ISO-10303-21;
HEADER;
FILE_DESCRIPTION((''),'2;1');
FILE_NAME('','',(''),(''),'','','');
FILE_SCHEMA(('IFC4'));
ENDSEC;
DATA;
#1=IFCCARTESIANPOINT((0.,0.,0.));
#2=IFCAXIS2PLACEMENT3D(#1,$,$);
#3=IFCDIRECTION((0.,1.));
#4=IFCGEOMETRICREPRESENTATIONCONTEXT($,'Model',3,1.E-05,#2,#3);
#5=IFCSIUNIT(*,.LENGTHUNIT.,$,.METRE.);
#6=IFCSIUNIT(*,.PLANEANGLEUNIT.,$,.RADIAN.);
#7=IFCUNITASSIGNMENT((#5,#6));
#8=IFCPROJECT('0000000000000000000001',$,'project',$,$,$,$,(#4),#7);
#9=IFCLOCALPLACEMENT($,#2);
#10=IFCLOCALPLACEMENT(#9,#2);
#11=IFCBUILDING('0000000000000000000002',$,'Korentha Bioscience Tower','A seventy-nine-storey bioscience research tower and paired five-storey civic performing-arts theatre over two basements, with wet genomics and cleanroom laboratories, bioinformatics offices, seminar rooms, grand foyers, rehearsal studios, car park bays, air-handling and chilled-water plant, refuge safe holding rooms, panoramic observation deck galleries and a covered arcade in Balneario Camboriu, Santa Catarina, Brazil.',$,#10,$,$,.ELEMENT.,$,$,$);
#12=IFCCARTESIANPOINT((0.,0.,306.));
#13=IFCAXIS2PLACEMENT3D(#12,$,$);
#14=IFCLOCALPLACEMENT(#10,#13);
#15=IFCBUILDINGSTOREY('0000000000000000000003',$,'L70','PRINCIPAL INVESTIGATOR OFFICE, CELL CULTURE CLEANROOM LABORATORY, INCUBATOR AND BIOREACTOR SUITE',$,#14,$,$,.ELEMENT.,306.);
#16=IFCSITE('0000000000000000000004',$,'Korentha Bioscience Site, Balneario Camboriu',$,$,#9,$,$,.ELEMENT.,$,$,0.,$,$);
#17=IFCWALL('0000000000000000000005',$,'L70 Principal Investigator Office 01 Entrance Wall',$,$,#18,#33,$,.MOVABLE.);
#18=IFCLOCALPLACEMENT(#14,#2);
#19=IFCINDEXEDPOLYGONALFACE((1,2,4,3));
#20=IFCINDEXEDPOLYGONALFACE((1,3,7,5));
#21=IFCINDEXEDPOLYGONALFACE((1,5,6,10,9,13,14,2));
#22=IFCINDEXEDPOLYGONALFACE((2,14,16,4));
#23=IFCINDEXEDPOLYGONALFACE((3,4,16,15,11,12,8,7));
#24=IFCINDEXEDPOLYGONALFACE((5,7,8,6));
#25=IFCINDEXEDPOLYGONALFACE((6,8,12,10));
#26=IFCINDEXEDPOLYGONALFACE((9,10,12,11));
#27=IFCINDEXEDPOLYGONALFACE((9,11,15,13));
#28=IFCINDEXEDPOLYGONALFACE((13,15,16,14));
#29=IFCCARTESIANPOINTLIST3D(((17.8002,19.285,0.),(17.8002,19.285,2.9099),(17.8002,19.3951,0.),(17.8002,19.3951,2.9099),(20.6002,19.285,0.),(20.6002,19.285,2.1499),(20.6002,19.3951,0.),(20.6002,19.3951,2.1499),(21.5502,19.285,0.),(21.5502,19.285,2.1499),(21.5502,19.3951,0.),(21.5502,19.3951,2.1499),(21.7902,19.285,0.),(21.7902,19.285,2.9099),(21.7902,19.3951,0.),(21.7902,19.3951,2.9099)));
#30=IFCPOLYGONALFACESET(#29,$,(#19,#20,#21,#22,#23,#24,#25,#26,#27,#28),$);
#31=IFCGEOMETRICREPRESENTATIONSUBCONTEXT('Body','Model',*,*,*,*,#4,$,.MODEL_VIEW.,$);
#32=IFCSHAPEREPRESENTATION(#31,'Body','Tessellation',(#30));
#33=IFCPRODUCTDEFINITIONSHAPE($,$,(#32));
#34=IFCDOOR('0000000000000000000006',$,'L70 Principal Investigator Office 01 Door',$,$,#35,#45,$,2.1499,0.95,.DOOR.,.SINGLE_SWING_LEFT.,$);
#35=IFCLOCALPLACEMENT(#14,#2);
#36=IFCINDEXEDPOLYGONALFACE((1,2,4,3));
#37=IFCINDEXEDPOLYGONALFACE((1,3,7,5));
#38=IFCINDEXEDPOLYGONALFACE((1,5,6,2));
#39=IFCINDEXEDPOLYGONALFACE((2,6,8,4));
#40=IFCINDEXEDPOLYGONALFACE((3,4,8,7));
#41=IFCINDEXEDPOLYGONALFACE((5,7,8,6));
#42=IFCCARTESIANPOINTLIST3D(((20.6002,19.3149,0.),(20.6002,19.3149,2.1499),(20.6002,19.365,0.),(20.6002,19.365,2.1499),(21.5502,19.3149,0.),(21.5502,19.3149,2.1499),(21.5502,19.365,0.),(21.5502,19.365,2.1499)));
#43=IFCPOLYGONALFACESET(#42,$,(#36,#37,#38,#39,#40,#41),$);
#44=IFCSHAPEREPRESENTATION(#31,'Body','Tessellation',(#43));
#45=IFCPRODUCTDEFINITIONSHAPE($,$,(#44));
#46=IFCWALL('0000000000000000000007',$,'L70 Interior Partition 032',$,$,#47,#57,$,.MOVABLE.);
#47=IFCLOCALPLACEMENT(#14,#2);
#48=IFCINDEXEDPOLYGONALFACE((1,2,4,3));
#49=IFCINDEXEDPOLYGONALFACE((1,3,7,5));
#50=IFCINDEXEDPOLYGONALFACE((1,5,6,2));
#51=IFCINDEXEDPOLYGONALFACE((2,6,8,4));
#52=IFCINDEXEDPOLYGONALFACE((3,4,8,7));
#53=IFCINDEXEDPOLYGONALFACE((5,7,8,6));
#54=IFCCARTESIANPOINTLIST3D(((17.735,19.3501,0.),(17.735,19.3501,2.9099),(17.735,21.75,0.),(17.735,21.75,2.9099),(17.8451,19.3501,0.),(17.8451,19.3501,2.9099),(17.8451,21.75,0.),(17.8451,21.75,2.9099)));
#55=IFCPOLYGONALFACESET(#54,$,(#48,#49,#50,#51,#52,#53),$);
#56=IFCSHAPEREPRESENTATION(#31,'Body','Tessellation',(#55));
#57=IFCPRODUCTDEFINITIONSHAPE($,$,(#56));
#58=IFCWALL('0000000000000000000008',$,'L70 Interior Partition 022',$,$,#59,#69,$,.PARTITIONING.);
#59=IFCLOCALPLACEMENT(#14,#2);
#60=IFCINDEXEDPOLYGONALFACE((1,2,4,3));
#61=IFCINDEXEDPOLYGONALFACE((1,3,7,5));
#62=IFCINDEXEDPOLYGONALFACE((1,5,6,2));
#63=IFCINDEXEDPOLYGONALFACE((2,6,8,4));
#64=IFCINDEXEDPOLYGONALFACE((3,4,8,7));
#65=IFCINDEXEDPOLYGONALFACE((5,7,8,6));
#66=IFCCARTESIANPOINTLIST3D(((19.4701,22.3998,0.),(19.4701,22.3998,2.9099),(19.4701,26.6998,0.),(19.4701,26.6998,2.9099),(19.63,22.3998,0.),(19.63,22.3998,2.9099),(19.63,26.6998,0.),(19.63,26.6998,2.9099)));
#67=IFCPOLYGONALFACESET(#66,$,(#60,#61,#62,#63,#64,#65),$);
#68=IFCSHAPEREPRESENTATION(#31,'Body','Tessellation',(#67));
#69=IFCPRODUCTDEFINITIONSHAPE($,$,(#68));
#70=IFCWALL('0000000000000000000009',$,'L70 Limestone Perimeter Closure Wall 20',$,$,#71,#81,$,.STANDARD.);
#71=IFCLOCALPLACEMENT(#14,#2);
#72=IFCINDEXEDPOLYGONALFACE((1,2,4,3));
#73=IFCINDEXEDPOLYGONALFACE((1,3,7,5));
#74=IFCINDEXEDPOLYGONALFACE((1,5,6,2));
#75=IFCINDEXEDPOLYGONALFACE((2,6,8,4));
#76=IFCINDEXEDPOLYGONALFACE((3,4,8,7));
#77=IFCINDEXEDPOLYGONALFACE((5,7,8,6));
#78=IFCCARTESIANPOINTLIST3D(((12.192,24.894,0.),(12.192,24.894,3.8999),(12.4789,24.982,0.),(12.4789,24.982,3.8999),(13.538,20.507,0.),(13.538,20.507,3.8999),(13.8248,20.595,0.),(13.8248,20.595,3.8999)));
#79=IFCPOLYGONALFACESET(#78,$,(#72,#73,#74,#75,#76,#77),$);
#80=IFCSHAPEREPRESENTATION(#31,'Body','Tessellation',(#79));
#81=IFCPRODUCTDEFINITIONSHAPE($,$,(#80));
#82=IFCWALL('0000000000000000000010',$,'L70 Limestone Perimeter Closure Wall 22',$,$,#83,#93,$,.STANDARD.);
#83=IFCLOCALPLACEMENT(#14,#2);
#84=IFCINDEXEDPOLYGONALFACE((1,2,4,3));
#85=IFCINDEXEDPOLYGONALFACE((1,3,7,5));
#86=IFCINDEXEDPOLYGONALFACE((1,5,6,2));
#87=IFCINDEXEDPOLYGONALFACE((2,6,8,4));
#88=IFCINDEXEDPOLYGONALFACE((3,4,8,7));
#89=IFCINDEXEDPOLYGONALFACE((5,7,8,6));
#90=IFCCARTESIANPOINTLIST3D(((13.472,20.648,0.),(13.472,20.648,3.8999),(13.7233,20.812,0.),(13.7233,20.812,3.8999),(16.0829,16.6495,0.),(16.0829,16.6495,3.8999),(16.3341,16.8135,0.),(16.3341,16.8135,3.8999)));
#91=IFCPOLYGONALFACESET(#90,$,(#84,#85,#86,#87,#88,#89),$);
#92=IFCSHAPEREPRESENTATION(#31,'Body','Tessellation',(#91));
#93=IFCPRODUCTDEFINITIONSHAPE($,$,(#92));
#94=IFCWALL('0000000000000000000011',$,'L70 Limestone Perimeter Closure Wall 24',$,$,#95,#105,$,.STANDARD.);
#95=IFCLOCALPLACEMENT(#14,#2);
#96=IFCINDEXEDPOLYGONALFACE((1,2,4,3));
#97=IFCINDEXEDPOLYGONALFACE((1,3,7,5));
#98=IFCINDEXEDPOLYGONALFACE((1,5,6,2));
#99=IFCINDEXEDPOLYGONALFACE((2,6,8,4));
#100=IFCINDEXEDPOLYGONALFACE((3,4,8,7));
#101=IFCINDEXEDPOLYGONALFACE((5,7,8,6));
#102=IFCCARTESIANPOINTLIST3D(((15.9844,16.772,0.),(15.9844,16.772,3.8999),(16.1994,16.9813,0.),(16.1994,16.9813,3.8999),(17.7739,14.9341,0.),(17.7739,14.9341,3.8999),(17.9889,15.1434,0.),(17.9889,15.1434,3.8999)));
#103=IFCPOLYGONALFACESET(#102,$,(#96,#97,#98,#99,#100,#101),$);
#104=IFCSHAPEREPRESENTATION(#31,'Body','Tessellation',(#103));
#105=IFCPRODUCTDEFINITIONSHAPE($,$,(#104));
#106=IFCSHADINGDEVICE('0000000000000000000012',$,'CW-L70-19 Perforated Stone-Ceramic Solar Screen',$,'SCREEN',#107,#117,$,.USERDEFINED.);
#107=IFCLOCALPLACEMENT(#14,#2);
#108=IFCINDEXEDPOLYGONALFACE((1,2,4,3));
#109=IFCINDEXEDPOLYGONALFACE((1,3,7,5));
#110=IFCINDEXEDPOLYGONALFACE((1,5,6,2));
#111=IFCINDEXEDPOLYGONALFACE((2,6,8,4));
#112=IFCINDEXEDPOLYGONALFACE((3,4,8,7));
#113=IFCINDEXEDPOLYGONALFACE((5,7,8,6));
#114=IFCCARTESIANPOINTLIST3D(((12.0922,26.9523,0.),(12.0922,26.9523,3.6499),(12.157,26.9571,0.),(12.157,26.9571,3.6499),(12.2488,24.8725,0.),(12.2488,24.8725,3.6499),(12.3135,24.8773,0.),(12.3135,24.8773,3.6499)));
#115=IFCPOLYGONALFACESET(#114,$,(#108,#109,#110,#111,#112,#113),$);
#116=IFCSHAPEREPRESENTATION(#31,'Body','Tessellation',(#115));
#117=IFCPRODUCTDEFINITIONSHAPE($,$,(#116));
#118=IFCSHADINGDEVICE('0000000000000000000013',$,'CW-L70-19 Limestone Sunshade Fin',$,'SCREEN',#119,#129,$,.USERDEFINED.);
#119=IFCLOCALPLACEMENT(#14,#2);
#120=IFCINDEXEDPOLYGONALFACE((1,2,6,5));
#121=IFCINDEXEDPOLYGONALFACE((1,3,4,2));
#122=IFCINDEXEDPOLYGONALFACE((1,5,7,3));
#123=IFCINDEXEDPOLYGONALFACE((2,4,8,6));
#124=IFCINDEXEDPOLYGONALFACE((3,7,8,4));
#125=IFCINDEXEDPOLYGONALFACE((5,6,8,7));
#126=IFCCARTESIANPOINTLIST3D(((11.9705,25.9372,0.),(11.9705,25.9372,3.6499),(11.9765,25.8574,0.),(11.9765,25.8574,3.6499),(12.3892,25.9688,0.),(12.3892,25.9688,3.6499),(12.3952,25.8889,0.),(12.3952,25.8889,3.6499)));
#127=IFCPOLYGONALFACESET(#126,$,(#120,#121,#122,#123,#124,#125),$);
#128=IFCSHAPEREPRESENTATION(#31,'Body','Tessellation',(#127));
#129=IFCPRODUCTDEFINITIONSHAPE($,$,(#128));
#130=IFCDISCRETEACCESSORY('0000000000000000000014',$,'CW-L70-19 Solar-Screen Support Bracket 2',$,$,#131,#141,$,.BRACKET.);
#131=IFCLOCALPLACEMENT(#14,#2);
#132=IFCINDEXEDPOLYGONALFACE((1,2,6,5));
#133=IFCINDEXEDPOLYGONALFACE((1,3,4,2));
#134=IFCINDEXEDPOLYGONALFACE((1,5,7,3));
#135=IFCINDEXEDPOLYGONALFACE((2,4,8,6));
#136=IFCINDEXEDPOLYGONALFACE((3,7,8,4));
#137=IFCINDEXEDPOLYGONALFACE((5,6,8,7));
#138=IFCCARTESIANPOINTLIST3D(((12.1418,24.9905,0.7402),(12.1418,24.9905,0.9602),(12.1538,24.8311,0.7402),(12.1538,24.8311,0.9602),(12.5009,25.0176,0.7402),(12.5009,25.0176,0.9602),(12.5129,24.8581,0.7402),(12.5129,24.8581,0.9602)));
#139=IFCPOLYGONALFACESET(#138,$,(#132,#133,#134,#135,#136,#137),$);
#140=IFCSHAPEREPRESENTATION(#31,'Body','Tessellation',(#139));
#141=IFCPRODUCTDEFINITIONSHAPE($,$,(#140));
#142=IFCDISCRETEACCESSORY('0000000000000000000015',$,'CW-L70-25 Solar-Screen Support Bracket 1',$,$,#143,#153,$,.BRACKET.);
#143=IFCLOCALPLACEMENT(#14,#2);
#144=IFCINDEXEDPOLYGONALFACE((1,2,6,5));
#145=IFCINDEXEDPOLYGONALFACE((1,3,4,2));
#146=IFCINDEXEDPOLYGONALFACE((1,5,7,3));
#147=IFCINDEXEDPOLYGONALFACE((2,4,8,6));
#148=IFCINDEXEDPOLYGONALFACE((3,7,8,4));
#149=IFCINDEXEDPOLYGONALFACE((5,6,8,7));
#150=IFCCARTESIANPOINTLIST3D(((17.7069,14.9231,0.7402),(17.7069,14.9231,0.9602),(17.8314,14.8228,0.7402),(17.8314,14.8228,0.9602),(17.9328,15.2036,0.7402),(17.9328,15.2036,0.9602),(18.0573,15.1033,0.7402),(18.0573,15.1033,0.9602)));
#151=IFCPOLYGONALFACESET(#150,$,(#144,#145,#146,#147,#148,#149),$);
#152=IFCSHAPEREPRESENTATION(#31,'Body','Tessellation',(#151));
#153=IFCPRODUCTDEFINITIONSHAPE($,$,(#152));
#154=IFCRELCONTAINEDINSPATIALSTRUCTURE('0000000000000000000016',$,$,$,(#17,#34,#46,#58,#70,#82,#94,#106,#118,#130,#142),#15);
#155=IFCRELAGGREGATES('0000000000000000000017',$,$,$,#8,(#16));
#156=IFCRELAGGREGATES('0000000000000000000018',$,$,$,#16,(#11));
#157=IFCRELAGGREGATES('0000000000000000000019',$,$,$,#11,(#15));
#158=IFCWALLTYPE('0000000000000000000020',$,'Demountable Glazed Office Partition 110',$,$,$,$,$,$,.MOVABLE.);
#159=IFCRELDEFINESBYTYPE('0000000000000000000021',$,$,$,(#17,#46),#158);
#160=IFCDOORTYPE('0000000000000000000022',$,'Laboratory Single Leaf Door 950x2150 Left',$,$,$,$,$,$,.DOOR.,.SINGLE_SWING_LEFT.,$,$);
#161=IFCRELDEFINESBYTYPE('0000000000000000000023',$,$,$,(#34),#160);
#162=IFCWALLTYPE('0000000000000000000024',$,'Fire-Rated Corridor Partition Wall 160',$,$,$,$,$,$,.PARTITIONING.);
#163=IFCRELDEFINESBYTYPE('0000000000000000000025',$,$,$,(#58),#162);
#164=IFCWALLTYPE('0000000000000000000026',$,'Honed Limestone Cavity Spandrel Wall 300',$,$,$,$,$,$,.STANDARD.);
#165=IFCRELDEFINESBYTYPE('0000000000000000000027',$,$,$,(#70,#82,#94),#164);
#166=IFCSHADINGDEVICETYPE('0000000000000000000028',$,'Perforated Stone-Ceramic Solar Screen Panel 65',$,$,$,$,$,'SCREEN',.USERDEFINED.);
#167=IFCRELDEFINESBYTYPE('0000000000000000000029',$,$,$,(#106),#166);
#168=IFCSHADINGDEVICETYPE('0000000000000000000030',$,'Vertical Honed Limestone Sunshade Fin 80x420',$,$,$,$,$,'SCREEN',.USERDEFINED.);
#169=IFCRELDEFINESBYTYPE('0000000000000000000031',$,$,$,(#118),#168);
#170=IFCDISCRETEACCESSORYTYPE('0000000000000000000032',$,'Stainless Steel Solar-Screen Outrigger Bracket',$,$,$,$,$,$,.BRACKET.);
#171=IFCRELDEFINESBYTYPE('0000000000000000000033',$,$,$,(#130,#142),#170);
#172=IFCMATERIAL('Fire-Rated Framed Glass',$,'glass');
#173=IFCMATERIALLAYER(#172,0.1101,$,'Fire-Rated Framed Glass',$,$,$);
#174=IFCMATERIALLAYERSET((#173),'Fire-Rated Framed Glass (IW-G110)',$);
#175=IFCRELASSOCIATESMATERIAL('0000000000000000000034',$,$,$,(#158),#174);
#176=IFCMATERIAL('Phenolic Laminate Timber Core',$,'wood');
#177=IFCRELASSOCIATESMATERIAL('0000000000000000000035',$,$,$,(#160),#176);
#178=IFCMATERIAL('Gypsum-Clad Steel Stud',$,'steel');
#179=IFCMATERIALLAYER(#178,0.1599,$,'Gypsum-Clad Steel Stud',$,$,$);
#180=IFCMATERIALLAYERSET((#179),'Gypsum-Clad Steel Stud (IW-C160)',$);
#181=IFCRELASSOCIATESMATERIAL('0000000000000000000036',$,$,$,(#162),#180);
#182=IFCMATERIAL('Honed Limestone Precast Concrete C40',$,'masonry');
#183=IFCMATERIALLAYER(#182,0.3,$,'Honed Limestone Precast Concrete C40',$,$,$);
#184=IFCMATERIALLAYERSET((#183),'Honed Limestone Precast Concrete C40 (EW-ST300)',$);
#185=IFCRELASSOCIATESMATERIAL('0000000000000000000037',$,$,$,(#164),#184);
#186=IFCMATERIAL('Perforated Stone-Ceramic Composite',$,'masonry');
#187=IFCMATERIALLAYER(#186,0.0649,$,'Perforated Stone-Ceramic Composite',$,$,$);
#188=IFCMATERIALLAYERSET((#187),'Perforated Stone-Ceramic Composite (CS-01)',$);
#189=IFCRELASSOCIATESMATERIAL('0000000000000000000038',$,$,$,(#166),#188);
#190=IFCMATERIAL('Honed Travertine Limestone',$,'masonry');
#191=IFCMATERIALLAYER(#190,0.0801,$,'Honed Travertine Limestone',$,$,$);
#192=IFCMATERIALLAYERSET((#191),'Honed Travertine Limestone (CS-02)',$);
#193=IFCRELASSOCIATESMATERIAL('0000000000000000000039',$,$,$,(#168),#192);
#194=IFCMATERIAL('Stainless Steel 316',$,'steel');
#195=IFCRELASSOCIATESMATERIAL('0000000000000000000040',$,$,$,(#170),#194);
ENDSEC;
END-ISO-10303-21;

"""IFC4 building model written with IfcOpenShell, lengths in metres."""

from ifc_helpers import new_model, si_unit, direction, frame, frame_2d, origin, origin_2d, place, context, subcontext, project, spatial, rectangle, extrude, material, layer, layer_set, type_object, element, fill, save


model = new_model("IFC4")

# Units and contexts
model_context = context("Model", 3, precision=1e-05, world=origin(), true_north=direction((0.0, 1.0)))
body_context = subcontext(model_context, "Body", "Model", "MODEL_VIEW")
ifc_project = project(units=[si_unit("LENGTHUNIT", "METRE"), si_unit("PLANEANGLEUNIT", "RADIAN")], contexts=[model_context])

# Site, building, storey
site_placement = place(None, origin())
site = spatial("IfcSite", under=ifc_project, at=site_placement, Name="Korentha Bioscience Site, Balneario Camboriu", CompositionType="ELEMENT", RefElevation=0.0)
building_placement = place(site_placement, origin())
building = spatial("IfcBuilding", under=site, at=building_placement, Name="Korentha Bioscience Tower", Description="A seventy-nine-storey bioscience research tower and paired five-storey civic performing-arts theatre over two basements, with wet genomics and cleanroom laboratories, bioinformatics offices, seminar rooms, grand foyers, rehearsal studios, car park bays, air-handling and chilled-water plant, refuge safe holding rooms, panoramic observation deck galleries and a covered arcade in Balneario Camboriu, Santa Catarina, Brazil.", CompositionType="ELEMENT")
storey_placement = place(building_placement, frame((0.0, 0.0, 306.0)))
storey = spatial("IfcBuildingStorey", under=building, at=storey_placement, Name="L70", Description="PRINCIPAL INVESTIGATOR OFFICE, CELL CULTURE CLEANROOM LABORATORY, INCUBATOR AND BIOREACTOR SUITE", CompositionType="ELEMENT", Elevation=306.0)

# Wall, opening, door
ifc_material_1 = material(Name="Fire-Rated Framed Glass", Category="glass")
ifc_layer_1 = layer(ifc_material_1, 0.1101, Name="Fire-Rated Framed Glass")
ifc_layer_set_1 = layer_set([ifc_layer_1], Name="Fire-Rated Framed Glass (IW-G110)")
wall_type_1 = type_object("IfcWallType", Name="Demountable Glazed Office Partition 110", PredefinedType="MOVABLE", material=ifc_layer_set_1)
wall_1_placement = place(storey_placement, frame((17.8, 19.3401, 0.0), z_axis=(0.0, 0.0, 1.0), x_axis=(1.0, 0.0, 0.0)))
wall_1 = element("IfcWall", 1, at=wall_1_placement, inside=storey, type_object=wall_type_1, Name="L70 Principal Investigator Office 01 Entrance Wall", PredefinedType="MOVABLE", context=body_context, shape_type="SweptSolid", body=[
    extrude(rectangle(XDim=3.99, YDim=0.1101, at=frame_2d((1.9951, 0.0))), origin(), (0.0, 0.0, 1.0), 2.9099),
])
opening_placement = place(wall_1_placement, frame((2.8, 0.0, 0.0)))
opening = element("IfcOpeningElement", 2, at=opening_placement, cuts=wall_1, PredefinedType="OPENING", context=body_context, shape_type="SweptSolid", body=[
    extrude(rectangle(XDim=0.95, YDim=2.1499, at=frame_2d((0.4751, 1.075))), frame((0.0, 0.0698, 0.0), z_axis=(0.0, -1.0, 0.0), x_axis=(1.0, 0.0, 0.0)), (0.0, 0.0, 1.0), 0.1399),
])
ifc_material_2 = material(Name="Phenolic Laminate Timber Core", Category="wood")
door_type = type_object("IfcDoorType", Name="Laboratory Single Leaf Door 950x2150 Left", OperationType="SINGLE_SWING_LEFT", PredefinedType="DOOR", material=ifc_material_2)
door_placement = place(opening_placement, origin())
door = element("IfcDoor", 3, at=door_placement, inside=storey, type_object=door_type, Name="L70 Principal Investigator Office 01 Door", OperationType="SINGLE_SWING_LEFT", OverallHeight=2.1499, OverallWidth=0.95, PredefinedType="DOOR", context=body_context, shape_type="SweptSolid", body=[
    extrude(rectangle(XDim=0.95, YDim=2.1499, at=frame_2d((0.4751, 1.075))), frame((0.0, 0.0249, 0.0), z_axis=(0.0, -1.0, 0.0), x_axis=(1.0, 0.0, 0.0)), (0.0, 0.0, 1.0), 0.05),
])
fill(opening, door)

# Walls
wall_2_placement = place(storey_placement, frame((17.79, 21.75, 0.0), z_axis=(0.0, 0.0, 1.0), x_axis=(0.0, -1.0, 0.0)))
element("IfcWall", 4, at=wall_2_placement, inside=storey, type_object=wall_type_1, Name="L70 Interior Partition 032", PredefinedType="MOVABLE", context=body_context, shape_type="SweptSolid", body=[
    extrude(rectangle(XDim=2.3999, YDim=0.1101, at=frame_2d((1.2, 0.0))), origin(), (0.0, 0.0, 1.0), 2.9099),
])
ifc_material_3 = material(Name="Gypsum-Clad Steel Stud", Category="steel")
ifc_layer_2 = layer(ifc_material_3, 0.1599, Name="Gypsum-Clad Steel Stud")
ifc_layer_set_2 = layer_set([ifc_layer_2], Name="Gypsum-Clad Steel Stud (IW-C160)")
wall_type_2 = type_object("IfcWallType", Name="Fire-Rated Corridor Partition Wall 160", PredefinedType="PARTITIONING", material=ifc_layer_set_2)
wall_3_placement = place(storey_placement, frame((19.55, 22.3999, 0.0), z_axis=(0.0, 0.0, 1.0), x_axis=(0.0, 1.0, 0.0)))
element("IfcWall", 5, at=wall_3_placement, inside=storey, type_object=wall_type_2, Name="L70 Interior Partition 022", PredefinedType="PARTITIONING", context=body_context, shape_type="SweptSolid", body=[
    extrude(rectangle(XDim=4.3, YDim=0.1599, at=frame_2d((2.1499, 0.0))), origin(), (0.0, 0.0, 1.0), 2.9099),
])
ifc_material_4 = material(Name="Honed Limestone Precast Concrete C40", Category="masonry")
ifc_layer_3 = layer(ifc_material_4, 0.3, Name="Honed Limestone Precast Concrete C40")
ifc_layer_set_3 = layer_set([ifc_layer_3], Name="Honed Limestone Precast Concrete C40 (EW-ST300)")
wall_type_3 = type_object("IfcWallType", Name="Honed Limestone Cavity Spandrel Wall 300", PredefinedType="STANDARD", material=ifc_layer_set_3)
wall_4_placement = place(storey_placement, frame((12.3354, 24.938, 0.0), z_axis=(0.0, 0.0, 1.0), x_axis=(0.293312, -0.956017, 0.0)))
element("IfcWall", 6, at=wall_4_placement, inside=storey, type_object=wall_type_3, Name="L70 Limestone Perimeter Closure Wall 20", PredefinedType="STANDARD", context=body_context, shape_type="SweptSolid", body=[
    extrude(rectangle(XDim=4.5889, YDim=0.3, at=frame_2d((2.2944, 0.0))), origin(), (0.0, 0.0, 1.0), 3.8999),
])
wall_5_placement = place(storey_placement, frame((13.5977, 20.73, 0.0), z_axis=(0.0, 0.0, 1.0), x_axis=(0.546723, -0.837313, 0.0)))
element("IfcWall", 7, at=wall_5_placement, inside=storey, type_object=wall_type_3, Name="L70 Limestone Perimeter Closure Wall 22", PredefinedType="STANDARD", context=body_context, shape_type="SweptSolid", body=[
    extrude(rectangle(XDim=4.7754, YDim=0.3, at=frame_2d((2.3877, 0.0))), origin(), (0.0, 0.0, 1.0), 3.8999),
])
wall_6_placement = place(storey_placement, frame((16.0918, 16.8767, 0.0), z_axis=(0.0, 0.0, 1.0), x_axis=(0.697622, -0.716466, 0.0)))
element("IfcWall", 8, at=wall_6_placement, inside=storey, type_object=wall_type_3, Name="L70 Limestone Perimeter Closure Wall 24", PredefinedType="STANDARD", context=body_context, shape_type="SweptSolid", body=[
    extrude(rectangle(XDim=2.5652, YDim=0.3, at=frame_2d((1.2827, 0.0))), origin(), (0.0, 0.0, 1.0), 3.8999),
])

# Shading devices
ifc_material_5 = material(Name="Perforated Stone-Ceramic Composite", Category="masonry")
ifc_layer_4 = layer(ifc_material_5, 0.0649, Name="Perforated Stone-Ceramic Composite")
ifc_layer_set_4 = layer_set([ifc_layer_4], Name="Perforated Stone-Ceramic Composite (CS-01)")
shading_device_type_1 = type_object("IfcShadingDeviceType", Name="Perforated Stone-Ceramic Solar Screen Panel 65", ElementType="SCREEN", PredefinedType="USERDEFINED", material=ifc_layer_set_4)
shading_device_1_placement = place(storey_placement, frame((12.2029, 25.9148, 0.0), z_axis=(0.0, 0.0, 1.0), x_axis=(0.075073, -0.997178, 0.0)))
element("IfcShadingDevice", 9, at=shading_device_1_placement, inside=storey, type_object=shading_device_type_1, Name="CW-L70-19 Perforated Stone-Ceramic Solar Screen", ObjectType="SCREEN", PredefinedType="USERDEFINED", context=body_context, shape_type="SweptSolid", body=[
    extrude(rectangle(XDim=2.0857, YDim=0.0649, at=origin_2d()), origin(), (0.0, 0.0, 1.0), 3.6499),
])
ifc_material_6 = material(Name="Honed Travertine Limestone", Category="masonry")
ifc_layer_5 = layer(ifc_material_6, 0.0801, Name="Honed Travertine Limestone")
ifc_layer_set_5 = layer_set([ifc_layer_5], Name="Honed Travertine Limestone (CS-02)")
shading_device_type_2 = type_object("IfcShadingDeviceType", Name="Vertical Honed Limestone Sunshade Fin 80x420", ElementType="SCREEN", PredefinedType="USERDEFINED", material=ifc_layer_set_5)
shading_device_2_placement = place(storey_placement, frame((12.1829, 25.9131, 0.0), z_axis=(0.0, 0.0, 1.0), x_axis=(0.075073, -0.997178, 0.0)))
element("IfcShadingDevice", 10, at=shading_device_2_placement, inside=storey, type_object=shading_device_type_2, Name="CW-L70-19 Limestone Sunshade Fin", ObjectType="SCREEN", PredefinedType="USERDEFINED", context=body_context, shape_type="SweptSolid", body=[
    extrude(rectangle(XDim=0.0801, YDim=0.4199, at=origin_2d()), origin(), (0.0, 0.0, 1.0), 3.6499),
])

# Discrete accessories
ifc_material_7 = material(Name="Stainless Steel 316", Category="steel")
discrete_accessory_type = type_object("IfcDiscreteAccessoryType", Name="Stainless Steel Solar-Screen Outrigger Bracket", PredefinedType="BRACKET", material=ifc_material_7)
for number, where, z_axis, x_axis, name in (
    (11, (12.3274, 24.9243, 0.7402), (0.0, 0.0, 1.0), (0.075073, -0.997178, 0.0), "CW-L70-19 Solar-Screen Support Bracket 2"),
    (12, (17.8821, 15.0132, 0.7402), (0.0, 0.0, 1.0), (0.778807, -0.627264, 0.0), "CW-L70-25 Solar-Screen Support Bracket 1"),
):
    element("IfcDiscreteAccessory", number, at=place(storey_placement, frame(where, z_axis=z_axis, x_axis=x_axis)), inside=storey, type_object=discrete_accessory_type, Name=name, PredefinedType="BRACKET", context=body_context, shape_type="SweptSolid", body=[
        extrude(rectangle(XDim=0.1599, YDim=0.3601, at=origin_2d()), origin(), (0.0, 0.0, 1.0), 0.22),
    ])

save(model, "model.ifc")
